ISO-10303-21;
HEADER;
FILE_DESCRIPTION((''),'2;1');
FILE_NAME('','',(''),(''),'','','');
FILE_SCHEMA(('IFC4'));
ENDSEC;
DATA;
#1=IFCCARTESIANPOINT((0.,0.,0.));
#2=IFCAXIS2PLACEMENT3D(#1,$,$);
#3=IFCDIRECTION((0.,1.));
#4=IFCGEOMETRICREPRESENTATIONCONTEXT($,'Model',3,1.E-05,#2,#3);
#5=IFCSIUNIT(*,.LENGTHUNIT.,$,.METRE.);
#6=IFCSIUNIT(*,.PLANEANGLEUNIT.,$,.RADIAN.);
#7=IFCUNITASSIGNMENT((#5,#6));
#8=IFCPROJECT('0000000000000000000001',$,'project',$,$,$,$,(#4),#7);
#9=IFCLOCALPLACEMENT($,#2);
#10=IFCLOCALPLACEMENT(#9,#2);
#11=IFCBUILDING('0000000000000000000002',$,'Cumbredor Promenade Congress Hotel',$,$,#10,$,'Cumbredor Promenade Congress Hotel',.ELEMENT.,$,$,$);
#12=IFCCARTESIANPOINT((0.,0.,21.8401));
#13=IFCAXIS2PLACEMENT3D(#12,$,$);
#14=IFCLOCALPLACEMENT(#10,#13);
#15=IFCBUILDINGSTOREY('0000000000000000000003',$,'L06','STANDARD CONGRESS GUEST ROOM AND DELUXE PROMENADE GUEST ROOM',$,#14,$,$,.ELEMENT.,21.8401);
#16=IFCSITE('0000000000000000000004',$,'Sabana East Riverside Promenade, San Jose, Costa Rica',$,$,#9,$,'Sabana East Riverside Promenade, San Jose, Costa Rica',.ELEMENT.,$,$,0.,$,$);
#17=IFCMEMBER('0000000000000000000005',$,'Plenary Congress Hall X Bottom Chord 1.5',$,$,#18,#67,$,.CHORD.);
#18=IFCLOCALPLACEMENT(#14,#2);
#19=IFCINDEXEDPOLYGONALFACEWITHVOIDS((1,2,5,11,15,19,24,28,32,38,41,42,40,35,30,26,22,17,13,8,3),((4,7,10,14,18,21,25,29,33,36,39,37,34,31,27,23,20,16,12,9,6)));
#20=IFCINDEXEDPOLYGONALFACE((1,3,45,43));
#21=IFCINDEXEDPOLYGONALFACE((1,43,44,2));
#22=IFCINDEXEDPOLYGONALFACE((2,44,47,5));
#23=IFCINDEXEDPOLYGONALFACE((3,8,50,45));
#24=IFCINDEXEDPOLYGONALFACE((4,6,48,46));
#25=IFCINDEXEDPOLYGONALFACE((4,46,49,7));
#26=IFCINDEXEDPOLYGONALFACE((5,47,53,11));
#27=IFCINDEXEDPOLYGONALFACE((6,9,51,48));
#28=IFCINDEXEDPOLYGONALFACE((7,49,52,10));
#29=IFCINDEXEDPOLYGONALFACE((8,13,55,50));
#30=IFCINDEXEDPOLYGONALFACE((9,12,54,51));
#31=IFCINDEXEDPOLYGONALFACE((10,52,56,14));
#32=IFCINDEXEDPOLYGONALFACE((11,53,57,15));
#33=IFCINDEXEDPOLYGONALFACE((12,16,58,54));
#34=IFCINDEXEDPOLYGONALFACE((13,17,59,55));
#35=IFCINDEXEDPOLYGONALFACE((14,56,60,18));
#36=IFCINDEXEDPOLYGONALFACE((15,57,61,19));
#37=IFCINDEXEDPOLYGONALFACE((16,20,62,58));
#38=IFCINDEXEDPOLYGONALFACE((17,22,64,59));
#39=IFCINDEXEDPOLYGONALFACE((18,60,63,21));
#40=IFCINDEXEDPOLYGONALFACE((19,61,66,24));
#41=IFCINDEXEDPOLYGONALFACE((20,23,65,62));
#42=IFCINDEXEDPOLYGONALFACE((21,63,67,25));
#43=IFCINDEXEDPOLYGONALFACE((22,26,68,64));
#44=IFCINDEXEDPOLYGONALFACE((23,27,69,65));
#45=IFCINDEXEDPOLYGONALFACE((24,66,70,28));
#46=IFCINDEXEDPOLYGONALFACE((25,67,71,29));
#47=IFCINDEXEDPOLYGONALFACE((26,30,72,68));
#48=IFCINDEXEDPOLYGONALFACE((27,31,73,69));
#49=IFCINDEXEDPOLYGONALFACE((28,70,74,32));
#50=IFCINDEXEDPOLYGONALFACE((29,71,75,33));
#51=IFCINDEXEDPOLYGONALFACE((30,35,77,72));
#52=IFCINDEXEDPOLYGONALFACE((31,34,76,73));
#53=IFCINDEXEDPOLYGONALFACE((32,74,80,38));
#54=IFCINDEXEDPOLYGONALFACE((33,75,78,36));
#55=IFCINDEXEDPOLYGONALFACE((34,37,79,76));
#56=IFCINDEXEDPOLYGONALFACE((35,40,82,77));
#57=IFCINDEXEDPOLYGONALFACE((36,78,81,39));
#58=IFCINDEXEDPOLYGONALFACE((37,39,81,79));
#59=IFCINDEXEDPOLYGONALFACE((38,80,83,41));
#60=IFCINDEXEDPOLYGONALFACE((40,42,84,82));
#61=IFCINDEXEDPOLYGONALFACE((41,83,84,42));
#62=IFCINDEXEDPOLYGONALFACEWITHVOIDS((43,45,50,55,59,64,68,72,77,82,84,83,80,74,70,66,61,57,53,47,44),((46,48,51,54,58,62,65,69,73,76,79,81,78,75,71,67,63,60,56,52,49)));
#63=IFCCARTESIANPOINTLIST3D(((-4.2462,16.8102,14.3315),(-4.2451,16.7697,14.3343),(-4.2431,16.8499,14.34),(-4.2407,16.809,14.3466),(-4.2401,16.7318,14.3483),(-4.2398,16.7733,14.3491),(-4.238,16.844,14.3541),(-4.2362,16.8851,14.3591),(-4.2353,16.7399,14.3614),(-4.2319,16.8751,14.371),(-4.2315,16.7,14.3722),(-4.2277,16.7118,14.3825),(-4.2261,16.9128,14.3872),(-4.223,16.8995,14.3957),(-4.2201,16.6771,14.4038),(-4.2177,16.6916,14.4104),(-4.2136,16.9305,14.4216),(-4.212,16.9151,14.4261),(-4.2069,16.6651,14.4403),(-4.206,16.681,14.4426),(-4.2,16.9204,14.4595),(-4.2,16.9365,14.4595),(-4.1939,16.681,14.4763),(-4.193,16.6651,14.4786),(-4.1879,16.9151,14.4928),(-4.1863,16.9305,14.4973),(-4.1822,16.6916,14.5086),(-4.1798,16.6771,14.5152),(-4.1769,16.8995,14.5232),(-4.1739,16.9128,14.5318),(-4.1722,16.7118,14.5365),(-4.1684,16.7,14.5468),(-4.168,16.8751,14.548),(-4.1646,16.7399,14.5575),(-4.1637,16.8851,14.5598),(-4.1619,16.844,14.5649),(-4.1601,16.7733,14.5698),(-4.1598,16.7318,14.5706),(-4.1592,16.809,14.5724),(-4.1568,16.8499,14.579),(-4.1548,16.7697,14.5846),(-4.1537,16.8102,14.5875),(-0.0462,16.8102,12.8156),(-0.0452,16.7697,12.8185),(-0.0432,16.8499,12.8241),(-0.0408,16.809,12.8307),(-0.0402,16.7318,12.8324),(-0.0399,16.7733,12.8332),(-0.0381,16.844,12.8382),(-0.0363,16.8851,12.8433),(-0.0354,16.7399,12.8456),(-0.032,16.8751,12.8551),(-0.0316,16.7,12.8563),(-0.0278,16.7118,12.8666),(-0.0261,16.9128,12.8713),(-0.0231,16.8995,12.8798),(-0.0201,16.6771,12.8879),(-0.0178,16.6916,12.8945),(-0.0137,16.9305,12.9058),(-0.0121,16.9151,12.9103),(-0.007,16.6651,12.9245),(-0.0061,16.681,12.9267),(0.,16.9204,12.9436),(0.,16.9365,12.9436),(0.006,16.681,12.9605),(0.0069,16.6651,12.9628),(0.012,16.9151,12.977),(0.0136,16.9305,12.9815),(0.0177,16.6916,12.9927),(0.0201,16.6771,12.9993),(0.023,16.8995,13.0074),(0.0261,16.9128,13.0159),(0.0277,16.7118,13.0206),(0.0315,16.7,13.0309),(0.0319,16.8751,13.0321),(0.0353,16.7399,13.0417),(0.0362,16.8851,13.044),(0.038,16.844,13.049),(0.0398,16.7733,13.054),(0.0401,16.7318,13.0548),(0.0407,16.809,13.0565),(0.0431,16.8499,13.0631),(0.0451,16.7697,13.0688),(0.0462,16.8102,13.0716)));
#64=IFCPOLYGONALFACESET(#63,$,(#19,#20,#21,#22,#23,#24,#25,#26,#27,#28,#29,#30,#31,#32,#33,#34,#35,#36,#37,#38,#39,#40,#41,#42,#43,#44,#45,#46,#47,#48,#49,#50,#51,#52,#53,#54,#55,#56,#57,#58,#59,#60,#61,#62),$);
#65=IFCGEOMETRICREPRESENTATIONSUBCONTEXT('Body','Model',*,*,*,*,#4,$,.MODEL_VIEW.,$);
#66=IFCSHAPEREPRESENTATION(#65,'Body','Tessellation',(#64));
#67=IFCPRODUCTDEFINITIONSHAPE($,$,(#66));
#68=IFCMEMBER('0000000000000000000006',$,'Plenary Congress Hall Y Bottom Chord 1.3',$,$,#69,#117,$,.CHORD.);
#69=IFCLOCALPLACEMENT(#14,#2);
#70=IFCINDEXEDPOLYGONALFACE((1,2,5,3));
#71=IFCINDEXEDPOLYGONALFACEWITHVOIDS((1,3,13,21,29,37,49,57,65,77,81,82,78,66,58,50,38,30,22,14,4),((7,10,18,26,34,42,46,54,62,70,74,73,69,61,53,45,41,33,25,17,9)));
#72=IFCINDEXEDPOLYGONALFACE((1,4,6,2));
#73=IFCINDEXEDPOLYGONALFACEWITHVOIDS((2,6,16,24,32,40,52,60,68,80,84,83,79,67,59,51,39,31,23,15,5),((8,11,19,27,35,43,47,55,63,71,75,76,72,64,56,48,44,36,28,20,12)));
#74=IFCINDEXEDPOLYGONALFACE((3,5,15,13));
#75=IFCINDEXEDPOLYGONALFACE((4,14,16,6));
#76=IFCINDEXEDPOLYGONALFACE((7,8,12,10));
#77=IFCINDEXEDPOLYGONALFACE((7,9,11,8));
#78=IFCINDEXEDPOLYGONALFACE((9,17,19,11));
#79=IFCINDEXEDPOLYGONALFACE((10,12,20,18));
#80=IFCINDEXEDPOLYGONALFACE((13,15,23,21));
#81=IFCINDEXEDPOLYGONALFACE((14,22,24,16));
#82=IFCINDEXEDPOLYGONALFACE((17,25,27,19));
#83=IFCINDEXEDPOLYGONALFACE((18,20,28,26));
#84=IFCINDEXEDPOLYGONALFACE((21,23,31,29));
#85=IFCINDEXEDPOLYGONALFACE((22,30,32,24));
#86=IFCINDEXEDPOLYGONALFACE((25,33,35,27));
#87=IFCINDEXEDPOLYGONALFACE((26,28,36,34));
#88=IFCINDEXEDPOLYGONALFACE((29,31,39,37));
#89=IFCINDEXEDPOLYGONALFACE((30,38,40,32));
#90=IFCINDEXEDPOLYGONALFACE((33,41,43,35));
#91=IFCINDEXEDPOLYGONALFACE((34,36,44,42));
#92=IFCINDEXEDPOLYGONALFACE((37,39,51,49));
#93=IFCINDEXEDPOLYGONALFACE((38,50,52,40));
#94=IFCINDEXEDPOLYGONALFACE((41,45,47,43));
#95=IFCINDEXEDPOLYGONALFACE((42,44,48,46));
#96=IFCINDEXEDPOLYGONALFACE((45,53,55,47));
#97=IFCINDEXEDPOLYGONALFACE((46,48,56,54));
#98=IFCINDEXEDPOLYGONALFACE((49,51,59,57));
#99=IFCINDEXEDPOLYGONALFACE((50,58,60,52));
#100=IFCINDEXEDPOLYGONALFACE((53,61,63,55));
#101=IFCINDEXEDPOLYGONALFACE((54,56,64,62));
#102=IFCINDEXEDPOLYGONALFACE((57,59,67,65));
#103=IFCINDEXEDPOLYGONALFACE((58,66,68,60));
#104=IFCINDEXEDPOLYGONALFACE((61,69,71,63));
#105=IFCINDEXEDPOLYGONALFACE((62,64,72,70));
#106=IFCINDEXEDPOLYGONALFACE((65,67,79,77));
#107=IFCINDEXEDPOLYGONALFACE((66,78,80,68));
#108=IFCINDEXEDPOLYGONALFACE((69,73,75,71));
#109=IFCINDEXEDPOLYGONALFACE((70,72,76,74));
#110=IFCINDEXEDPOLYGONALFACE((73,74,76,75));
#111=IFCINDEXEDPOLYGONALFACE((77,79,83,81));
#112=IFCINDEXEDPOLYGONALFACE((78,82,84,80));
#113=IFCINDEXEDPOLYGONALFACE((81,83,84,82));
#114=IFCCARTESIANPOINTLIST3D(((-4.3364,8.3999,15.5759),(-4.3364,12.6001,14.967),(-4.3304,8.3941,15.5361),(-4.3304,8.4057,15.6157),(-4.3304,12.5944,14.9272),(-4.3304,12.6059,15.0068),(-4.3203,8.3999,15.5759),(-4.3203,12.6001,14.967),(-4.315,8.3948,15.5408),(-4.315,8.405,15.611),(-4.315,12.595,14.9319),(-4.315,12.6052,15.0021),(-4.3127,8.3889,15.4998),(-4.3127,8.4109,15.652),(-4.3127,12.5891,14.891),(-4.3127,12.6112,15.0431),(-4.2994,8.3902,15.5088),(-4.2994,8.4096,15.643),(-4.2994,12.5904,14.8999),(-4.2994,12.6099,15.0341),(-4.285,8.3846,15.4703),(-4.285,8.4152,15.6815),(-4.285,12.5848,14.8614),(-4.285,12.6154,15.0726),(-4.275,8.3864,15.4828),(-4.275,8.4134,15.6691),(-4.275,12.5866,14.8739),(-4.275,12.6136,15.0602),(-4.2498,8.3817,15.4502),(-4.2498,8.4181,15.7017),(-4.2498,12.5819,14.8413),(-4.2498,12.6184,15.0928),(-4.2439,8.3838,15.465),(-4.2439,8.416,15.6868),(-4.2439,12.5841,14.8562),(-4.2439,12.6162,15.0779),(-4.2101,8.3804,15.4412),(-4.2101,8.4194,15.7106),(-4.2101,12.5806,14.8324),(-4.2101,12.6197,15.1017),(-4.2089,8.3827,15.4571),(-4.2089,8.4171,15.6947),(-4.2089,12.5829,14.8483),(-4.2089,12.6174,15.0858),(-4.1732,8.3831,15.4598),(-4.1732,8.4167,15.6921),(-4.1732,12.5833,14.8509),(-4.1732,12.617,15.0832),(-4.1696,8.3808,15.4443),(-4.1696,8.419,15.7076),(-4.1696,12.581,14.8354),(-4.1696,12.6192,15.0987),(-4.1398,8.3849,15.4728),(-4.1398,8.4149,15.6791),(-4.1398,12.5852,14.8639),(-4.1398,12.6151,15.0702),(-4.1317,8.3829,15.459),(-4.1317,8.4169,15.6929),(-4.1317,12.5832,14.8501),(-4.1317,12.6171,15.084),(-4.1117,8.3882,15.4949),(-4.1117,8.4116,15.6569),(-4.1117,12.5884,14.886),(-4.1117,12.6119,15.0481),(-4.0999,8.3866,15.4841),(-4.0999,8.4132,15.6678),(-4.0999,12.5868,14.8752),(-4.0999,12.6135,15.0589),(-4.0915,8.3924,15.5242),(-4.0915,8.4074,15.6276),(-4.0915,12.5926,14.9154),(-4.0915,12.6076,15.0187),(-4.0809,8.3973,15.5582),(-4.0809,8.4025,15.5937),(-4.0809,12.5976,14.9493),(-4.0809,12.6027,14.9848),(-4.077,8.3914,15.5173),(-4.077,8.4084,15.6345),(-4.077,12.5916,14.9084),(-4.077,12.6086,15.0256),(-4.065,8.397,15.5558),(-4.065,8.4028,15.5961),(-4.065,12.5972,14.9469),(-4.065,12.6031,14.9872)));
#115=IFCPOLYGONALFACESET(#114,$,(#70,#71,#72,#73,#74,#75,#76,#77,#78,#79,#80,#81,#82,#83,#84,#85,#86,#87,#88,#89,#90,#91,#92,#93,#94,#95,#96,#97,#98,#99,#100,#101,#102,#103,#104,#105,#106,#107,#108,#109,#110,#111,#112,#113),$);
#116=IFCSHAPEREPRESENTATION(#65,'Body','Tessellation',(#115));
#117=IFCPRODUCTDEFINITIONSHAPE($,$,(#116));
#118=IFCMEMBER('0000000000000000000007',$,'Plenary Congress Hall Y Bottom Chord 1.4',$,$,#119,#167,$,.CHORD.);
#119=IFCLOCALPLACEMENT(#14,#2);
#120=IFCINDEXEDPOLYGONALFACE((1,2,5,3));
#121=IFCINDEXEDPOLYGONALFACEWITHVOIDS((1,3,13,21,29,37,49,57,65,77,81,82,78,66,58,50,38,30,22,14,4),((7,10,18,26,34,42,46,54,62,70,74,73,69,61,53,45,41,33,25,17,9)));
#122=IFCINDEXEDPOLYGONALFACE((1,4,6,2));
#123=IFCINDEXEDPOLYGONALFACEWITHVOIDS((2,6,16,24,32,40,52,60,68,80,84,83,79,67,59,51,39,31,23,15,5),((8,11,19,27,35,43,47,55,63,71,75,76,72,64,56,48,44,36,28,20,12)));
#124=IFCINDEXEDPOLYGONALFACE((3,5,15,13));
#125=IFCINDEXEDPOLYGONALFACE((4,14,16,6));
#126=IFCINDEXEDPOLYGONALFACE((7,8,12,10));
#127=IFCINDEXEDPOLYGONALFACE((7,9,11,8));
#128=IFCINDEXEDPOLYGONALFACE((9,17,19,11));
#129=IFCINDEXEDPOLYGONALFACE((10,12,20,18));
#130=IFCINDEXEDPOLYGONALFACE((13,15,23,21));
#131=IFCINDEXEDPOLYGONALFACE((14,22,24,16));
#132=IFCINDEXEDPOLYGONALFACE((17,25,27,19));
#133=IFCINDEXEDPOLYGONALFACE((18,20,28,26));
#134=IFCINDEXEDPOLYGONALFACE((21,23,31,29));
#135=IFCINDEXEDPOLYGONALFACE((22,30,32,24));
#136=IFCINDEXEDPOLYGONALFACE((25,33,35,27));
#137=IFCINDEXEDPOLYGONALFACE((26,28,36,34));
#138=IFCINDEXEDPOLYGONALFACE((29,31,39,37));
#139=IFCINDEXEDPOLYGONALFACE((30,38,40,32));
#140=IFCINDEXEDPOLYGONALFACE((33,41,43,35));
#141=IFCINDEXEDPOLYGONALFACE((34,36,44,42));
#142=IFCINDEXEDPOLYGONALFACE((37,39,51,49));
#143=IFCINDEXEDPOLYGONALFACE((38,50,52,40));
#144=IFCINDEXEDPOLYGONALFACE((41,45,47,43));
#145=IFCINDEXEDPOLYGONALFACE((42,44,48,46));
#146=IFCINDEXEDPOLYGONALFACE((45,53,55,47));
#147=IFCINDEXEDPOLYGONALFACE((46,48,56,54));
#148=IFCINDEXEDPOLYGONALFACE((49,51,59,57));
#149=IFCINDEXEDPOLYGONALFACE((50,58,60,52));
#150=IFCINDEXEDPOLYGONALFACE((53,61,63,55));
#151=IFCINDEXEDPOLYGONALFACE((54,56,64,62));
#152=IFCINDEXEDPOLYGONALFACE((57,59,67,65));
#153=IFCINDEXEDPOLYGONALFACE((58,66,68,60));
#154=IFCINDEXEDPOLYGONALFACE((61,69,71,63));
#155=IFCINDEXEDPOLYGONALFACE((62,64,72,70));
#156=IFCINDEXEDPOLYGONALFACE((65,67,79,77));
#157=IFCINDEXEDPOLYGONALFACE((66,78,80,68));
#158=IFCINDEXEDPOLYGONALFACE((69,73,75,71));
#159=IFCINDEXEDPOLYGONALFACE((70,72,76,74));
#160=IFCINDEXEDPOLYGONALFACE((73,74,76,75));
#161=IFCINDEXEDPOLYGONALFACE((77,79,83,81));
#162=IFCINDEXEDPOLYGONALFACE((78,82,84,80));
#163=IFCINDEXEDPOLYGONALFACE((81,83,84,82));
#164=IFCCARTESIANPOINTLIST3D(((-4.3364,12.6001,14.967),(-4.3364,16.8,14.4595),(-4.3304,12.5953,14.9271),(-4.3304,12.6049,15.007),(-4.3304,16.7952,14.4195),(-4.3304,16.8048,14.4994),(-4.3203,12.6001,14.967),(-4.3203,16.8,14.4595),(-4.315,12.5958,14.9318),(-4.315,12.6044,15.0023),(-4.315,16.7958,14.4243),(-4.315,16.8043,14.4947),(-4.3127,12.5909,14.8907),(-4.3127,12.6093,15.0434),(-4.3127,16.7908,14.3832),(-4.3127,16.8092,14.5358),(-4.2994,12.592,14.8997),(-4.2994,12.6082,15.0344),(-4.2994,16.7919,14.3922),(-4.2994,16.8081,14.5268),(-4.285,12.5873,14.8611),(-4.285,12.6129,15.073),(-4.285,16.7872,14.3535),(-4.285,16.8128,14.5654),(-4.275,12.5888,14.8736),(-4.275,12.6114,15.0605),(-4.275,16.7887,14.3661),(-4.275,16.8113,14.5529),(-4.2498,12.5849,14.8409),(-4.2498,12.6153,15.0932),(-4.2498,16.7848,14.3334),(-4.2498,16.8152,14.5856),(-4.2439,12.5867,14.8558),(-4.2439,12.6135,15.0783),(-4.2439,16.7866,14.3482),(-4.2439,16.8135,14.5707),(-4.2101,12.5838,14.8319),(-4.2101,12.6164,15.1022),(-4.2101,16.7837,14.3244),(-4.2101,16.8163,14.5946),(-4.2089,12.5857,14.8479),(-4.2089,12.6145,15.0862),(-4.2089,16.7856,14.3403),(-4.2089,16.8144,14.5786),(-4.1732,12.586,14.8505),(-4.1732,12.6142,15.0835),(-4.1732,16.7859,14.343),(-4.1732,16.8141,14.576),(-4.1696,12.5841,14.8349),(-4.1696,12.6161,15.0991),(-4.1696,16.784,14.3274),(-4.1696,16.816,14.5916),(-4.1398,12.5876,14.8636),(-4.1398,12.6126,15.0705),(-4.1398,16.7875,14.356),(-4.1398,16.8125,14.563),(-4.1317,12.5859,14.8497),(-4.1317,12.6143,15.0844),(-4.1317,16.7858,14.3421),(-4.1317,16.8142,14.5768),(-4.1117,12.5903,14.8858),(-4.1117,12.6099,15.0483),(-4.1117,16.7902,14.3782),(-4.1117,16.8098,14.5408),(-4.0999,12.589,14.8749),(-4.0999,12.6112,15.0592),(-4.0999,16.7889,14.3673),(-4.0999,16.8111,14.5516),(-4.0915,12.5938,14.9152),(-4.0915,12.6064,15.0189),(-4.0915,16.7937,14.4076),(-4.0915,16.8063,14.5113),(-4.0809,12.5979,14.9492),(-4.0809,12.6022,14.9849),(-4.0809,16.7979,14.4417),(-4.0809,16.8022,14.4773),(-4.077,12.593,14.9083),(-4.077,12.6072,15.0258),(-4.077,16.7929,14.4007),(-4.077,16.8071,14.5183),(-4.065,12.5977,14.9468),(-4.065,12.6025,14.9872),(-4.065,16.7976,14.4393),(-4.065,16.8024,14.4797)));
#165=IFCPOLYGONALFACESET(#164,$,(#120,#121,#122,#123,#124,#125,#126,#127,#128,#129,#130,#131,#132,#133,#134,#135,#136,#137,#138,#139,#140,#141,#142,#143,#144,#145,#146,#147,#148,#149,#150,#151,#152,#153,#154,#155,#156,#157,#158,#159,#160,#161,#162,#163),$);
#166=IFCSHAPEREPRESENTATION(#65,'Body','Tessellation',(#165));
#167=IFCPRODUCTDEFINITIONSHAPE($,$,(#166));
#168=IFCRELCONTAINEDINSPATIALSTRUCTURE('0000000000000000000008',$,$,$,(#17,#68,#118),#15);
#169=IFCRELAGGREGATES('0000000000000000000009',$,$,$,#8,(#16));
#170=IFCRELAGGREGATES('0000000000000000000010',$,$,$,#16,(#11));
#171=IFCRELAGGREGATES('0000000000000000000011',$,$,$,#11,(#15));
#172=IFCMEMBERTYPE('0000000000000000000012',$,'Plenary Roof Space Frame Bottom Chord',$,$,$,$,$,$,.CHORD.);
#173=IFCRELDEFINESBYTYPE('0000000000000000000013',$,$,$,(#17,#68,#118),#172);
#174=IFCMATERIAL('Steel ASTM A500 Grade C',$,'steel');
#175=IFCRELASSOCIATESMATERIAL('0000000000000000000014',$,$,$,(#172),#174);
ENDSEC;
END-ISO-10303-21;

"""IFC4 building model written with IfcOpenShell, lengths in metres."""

from ifc_helpers import new_model, si_unit, direction, frame, origin, origin_2d, place, context, subcontext, project, spatial, hollow_circle, extrude, material, material_profile, profile_set, type_object, element, save


model = new_model("IFC4")

# Units and contexts
model_context = context("Model", 3, precision=1e-05, world=origin(), true_north=direction((0.0, 1.0)))
body_context = subcontext(model_context, "Body", "Model", "MODEL_VIEW")
ifc_project = project(units=[si_unit("LENGTHUNIT", "METRE"), si_unit("PLANEANGLEUNIT", "RADIAN")], contexts=[model_context])

# Site, building, storey
site_placement = place(None, origin())
site = spatial("IfcSite", under=ifc_project, at=site_placement, Name="Sabana East Riverside Promenade, San Jose, Costa Rica", LongName="Sabana East Riverside Promenade, San Jose, Costa Rica", CompositionType="ELEMENT", RefElevation=0.0)
building_placement = place(site_placement, origin())
building = spatial("IfcBuilding", under=site, at=building_placement, Name="Cumbredor Promenade Congress Hotel", LongName="Cumbredor Promenade Congress Hotel", CompositionType="ELEMENT")
storey_placement = place(building_placement, frame((0.0, 0.0, 21.8401)))
storey = spatial("IfcBuildingStorey", under=building, at=storey_placement, Name="L06", Description="STANDARD CONGRESS GUEST ROOM AND DELUXE PROMENADE GUEST ROOM", CompositionType="ELEMENT", Elevation=21.8401)

# Members
ifc_material_1 = material(Name="Steel ASTM A500 Grade C", Category="steel")
ifc_material_profile_1 = material_profile(ifc_material_1, hollow_circle(Radius=0.1365, WallThickness=0.0161, at=origin_2d()), Name="CHS 273.0x16")
ifc_profile_set_1 = profile_set([ifc_material_profile_1], Name="Steel ASTM A500 Grade C")
member_type_1 = type_object("IfcMemberType", Name="Plenary Roof Space Frame Bottom Chord", PredefinedType="CHORD", material=ifc_profile_set_1)
member_1_placement = place(storey_placement, frame((-4.2, 16.8, 14.4595), z_axis=(0.94061, 0.0, -0.33949), x_axis=(0.0, 1.0, 0.0)))
element("IfcMember", 1, at=member_1_placement, inside=storey, type_object=member_type_1, Name="Plenary Congress Hall X Bottom Chord 1.5", PredefinedType="CHORD", context=body_context, shape_type="SweptSolid", body=[
    extrude(hollow_circle(Radius=0.1365, WallThickness=0.0161, at=origin_2d()), origin(), (0.0, 0.0, 1.0), 4.4651),
])
member_2_placement = place(storey_placement, frame((-4.2, 8.3999, 15.5759), z_axis=(0.0, 0.989655, -0.143467), x_axis=(-1.0, 0.0, 0.0)))
element("IfcMember", 2, at=member_2_placement, inside=storey, type_object=member_type_1, Name="Plenary Congress Hall Y Bottom Chord 1.3", PredefinedType="CHORD", context=body_context, shape_type="SweptSolid", body=[
    extrude(hollow_circle(Radius=0.1365, WallThickness=0.0161, at=origin_2d()), origin(), (0.0, 0.0, 1.0), 4.2441),
])
member_3_placement = place(storey_placement, frame((-4.2, 12.6001, 14.967), z_axis=(0.0, 0.992777, -0.119978), x_axis=(-1.0, 0.0, 0.0)))
element("IfcMember", 3, at=member_3_placement, inside=storey, type_object=member_type_1, Name="Plenary Congress Hall Y Bottom Chord 1.4", PredefinedType="CHORD", context=body_context, shape_type="SweptSolid", body=[
    extrude(hollow_circle(Radius=0.1365, WallThickness=0.0161, at=origin_2d()), origin(), (0.0, 0.0, 1.0), 4.2305),
])

save(model, "model.ifc")
